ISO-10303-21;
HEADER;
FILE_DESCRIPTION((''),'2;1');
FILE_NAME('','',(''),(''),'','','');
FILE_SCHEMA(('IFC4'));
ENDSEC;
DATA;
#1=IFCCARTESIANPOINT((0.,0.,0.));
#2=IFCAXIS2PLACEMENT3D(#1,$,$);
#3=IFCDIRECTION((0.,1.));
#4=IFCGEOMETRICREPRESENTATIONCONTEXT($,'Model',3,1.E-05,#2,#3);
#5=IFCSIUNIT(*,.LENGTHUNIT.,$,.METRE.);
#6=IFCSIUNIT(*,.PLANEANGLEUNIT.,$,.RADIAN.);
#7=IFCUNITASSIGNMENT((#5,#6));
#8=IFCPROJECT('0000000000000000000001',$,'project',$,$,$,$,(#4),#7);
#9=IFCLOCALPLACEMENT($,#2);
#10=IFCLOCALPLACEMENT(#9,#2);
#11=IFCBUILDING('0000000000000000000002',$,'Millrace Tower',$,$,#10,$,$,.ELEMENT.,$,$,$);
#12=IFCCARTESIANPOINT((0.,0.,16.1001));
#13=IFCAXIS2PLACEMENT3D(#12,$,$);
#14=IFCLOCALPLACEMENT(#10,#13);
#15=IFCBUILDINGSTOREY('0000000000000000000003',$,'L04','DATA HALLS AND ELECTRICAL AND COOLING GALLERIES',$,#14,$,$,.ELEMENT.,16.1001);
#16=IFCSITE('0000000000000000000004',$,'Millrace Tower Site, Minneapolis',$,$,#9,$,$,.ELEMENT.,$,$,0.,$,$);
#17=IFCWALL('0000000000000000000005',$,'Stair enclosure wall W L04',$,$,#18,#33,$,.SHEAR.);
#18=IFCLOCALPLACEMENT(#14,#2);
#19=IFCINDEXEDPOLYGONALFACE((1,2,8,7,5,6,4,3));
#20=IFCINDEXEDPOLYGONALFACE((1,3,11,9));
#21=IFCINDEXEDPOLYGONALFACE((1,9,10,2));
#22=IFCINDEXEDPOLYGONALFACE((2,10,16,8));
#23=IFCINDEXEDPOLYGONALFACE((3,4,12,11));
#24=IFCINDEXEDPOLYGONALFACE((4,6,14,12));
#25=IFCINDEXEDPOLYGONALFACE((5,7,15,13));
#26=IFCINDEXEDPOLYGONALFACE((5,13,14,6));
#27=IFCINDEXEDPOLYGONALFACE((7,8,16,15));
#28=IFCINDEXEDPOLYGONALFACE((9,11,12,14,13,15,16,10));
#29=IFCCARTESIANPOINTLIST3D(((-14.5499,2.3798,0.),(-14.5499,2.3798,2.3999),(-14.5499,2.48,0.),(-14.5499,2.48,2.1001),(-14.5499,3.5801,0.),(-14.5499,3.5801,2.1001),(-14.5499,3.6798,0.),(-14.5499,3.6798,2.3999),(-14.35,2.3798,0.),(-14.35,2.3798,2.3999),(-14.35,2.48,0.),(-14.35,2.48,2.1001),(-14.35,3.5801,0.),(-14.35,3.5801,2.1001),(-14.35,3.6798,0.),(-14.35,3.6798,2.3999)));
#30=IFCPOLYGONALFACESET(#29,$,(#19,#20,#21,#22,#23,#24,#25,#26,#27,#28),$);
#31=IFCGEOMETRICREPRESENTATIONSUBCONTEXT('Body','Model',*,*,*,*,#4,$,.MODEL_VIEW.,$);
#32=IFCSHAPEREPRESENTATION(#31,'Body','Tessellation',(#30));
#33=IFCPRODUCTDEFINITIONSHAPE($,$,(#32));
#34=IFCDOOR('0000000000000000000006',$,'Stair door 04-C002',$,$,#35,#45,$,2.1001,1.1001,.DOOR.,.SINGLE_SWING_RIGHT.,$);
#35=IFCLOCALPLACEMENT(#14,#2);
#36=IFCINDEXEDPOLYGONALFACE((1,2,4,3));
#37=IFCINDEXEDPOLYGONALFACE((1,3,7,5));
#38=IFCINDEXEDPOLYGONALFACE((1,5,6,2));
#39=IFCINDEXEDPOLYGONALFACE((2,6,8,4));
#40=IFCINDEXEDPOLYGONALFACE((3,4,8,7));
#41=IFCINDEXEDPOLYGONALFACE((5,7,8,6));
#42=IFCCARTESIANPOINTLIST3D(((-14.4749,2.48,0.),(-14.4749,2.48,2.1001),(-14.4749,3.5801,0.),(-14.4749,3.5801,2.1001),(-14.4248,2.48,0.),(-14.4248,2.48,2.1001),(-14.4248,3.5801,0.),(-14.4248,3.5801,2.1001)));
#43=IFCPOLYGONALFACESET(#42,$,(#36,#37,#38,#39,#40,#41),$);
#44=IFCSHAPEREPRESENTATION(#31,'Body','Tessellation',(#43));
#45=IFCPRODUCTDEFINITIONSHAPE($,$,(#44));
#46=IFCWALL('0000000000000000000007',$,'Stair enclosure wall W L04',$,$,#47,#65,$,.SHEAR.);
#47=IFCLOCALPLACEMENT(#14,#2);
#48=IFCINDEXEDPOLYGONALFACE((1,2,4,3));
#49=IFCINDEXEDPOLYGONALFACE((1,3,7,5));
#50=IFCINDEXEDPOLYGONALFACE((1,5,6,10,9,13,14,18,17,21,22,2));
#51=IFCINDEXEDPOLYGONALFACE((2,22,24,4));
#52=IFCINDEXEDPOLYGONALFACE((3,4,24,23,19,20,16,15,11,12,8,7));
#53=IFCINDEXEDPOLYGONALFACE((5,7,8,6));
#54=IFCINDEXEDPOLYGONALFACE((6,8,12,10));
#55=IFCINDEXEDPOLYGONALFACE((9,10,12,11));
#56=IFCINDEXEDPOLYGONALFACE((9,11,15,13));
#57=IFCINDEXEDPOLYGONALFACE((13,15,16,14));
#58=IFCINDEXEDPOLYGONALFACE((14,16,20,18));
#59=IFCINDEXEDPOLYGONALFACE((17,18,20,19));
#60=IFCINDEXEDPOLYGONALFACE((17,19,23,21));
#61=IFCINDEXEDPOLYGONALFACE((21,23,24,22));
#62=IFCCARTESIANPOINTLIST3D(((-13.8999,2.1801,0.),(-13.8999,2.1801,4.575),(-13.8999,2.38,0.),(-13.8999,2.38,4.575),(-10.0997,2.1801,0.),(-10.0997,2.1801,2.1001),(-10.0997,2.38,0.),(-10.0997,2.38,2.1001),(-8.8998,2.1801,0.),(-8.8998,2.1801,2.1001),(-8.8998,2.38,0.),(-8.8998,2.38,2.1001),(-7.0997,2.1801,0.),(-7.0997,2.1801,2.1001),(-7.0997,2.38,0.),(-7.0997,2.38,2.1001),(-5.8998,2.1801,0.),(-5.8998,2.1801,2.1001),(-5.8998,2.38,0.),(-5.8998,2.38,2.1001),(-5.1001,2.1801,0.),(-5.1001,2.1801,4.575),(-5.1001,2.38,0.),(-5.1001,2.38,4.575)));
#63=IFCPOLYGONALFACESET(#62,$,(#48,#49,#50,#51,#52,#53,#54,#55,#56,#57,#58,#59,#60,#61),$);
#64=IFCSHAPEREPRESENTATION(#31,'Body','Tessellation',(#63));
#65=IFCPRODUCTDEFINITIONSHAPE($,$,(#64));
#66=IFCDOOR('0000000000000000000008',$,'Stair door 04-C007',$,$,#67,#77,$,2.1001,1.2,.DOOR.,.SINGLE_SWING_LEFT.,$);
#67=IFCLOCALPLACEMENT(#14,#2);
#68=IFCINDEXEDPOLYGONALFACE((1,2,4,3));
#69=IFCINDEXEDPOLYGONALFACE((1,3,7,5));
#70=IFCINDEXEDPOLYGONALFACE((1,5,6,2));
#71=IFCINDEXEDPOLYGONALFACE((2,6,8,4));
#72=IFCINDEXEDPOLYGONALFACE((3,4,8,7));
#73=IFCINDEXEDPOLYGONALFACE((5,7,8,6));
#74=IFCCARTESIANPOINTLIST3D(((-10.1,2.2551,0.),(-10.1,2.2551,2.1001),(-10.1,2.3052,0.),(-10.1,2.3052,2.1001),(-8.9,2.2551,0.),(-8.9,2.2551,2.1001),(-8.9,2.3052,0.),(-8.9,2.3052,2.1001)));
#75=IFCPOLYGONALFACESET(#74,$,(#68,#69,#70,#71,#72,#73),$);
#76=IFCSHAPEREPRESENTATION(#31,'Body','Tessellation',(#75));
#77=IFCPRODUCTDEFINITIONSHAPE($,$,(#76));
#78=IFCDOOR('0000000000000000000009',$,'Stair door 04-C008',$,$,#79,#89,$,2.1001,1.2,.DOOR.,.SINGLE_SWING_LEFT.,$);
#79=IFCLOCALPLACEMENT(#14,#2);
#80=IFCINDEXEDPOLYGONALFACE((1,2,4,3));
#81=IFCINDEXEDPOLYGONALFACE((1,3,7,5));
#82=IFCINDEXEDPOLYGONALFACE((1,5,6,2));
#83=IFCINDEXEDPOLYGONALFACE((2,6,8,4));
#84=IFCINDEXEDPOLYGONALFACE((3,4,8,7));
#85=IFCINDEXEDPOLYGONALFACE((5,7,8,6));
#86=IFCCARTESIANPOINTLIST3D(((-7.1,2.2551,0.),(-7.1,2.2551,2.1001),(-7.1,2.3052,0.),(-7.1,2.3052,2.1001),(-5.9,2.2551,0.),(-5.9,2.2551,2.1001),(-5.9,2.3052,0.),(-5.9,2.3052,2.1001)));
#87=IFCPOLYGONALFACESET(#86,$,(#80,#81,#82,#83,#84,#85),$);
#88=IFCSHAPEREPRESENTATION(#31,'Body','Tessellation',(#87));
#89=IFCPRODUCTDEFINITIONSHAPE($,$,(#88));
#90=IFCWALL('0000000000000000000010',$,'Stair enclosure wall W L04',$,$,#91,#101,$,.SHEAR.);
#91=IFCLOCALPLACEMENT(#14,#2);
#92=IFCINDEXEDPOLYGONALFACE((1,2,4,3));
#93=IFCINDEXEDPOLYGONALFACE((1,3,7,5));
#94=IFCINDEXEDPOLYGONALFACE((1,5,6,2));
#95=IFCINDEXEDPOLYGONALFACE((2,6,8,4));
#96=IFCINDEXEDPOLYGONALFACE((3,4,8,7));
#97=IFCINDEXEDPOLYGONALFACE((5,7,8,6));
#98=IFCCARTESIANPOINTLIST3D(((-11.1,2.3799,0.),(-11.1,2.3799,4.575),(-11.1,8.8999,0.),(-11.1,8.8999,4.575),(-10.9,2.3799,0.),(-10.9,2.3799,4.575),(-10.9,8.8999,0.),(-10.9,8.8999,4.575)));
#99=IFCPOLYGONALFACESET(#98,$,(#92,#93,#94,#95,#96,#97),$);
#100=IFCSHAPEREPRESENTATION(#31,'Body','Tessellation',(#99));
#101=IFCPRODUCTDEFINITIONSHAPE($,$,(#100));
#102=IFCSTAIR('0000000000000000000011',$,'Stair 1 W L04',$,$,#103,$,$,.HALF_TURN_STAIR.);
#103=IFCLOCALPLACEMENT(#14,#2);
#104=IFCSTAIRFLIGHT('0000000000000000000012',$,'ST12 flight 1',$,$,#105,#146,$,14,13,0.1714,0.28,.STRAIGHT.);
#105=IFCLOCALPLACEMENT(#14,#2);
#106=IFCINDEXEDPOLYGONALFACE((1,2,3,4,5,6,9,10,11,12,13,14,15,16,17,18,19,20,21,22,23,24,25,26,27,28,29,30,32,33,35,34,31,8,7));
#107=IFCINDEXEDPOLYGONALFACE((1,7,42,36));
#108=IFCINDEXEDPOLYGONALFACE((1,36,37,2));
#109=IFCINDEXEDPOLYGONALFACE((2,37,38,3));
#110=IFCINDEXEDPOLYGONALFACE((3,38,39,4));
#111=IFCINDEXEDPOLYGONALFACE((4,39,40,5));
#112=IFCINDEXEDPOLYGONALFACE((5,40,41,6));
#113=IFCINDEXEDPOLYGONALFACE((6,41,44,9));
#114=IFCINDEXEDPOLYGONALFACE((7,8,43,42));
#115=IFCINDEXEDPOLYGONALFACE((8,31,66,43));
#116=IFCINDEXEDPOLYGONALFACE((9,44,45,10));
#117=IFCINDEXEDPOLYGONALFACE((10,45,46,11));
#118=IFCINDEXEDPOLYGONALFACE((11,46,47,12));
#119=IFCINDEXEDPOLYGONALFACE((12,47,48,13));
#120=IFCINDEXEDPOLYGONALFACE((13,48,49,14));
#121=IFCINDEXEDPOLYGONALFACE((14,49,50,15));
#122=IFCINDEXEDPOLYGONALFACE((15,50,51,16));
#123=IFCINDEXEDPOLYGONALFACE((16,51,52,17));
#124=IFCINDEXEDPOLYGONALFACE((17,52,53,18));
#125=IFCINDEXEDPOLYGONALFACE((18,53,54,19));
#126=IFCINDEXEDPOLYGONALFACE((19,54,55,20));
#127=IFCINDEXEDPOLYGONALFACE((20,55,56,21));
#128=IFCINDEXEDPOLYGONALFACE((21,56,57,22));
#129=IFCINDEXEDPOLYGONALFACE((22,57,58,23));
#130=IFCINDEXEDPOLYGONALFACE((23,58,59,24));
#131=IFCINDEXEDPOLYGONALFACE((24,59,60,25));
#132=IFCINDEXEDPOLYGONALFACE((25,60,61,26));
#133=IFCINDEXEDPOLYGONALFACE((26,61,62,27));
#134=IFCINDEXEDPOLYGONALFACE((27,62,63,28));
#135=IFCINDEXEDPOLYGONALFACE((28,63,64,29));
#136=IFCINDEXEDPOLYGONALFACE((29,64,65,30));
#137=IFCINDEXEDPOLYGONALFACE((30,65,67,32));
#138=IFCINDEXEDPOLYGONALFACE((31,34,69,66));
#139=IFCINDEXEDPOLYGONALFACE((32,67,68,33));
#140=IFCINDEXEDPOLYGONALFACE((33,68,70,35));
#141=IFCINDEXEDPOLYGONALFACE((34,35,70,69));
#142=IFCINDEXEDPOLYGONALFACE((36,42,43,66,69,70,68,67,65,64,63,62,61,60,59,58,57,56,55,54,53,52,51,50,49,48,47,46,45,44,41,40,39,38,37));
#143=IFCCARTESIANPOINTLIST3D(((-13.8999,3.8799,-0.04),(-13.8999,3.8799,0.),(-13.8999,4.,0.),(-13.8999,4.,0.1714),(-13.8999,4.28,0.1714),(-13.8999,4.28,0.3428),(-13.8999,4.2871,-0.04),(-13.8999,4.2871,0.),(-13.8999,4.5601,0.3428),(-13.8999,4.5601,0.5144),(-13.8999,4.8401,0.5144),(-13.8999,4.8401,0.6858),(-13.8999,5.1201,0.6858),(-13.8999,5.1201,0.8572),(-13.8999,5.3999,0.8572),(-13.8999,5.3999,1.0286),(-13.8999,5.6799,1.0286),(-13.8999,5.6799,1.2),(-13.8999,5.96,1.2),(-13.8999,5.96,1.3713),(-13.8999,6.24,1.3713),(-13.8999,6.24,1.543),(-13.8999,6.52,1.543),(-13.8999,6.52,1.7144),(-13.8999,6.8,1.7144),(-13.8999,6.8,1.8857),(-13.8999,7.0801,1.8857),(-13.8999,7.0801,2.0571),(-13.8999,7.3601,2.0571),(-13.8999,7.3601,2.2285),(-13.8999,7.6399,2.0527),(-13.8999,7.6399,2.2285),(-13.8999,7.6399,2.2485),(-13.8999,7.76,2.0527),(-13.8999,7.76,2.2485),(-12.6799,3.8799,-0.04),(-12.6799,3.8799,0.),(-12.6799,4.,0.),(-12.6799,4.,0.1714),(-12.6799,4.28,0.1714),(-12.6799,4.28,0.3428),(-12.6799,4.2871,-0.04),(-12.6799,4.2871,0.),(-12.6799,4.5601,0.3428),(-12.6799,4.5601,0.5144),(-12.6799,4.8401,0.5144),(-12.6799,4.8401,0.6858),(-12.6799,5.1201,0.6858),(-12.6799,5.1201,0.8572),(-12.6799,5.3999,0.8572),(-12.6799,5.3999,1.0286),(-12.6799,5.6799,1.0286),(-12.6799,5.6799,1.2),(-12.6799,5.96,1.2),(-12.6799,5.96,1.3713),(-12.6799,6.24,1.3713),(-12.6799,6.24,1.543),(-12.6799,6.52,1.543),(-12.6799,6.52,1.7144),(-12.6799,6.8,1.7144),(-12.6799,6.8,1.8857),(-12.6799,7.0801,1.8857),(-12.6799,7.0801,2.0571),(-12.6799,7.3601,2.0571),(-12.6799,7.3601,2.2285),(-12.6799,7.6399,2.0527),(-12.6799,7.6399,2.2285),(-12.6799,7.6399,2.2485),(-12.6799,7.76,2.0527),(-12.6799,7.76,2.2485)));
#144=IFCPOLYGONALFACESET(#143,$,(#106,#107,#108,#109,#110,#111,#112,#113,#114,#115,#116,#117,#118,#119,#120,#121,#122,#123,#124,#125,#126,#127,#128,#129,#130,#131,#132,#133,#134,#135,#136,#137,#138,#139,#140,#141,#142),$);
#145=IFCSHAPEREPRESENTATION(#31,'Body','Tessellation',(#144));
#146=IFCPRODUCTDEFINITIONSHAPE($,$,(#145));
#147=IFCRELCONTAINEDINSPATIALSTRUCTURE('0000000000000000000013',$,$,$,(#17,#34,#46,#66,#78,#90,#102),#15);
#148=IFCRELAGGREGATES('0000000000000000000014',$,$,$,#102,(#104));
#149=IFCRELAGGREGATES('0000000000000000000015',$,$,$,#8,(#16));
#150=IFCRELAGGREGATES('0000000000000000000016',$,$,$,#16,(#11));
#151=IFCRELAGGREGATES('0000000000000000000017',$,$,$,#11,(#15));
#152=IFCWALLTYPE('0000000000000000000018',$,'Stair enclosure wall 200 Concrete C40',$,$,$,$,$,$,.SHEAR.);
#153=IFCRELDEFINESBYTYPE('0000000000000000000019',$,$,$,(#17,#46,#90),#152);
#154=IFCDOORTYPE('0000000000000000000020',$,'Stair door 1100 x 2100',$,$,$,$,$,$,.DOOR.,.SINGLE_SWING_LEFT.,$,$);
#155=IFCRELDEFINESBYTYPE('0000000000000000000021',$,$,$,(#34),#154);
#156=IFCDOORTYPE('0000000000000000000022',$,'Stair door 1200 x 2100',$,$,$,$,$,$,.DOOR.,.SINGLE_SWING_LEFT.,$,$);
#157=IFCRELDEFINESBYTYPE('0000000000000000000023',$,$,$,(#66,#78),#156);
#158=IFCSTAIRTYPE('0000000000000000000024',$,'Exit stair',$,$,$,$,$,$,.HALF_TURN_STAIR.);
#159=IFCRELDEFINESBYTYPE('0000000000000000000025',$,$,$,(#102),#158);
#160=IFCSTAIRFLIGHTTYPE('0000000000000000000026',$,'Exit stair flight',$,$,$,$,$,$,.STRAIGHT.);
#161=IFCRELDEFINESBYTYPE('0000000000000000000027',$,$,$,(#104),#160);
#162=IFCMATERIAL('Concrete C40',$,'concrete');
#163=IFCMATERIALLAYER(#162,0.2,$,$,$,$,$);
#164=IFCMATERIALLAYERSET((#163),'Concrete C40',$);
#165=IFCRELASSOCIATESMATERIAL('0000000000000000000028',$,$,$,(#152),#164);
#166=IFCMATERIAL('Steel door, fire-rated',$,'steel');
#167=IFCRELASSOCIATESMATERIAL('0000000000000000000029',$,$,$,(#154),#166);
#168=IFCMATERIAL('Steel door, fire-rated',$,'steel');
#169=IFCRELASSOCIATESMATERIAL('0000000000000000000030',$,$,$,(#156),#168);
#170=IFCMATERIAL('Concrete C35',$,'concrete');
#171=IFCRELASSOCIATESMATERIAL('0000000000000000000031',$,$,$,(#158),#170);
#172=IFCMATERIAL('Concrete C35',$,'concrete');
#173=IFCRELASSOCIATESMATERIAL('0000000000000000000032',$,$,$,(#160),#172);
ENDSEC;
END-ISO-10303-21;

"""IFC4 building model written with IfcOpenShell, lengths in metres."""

from ifc_helpers import new_model, si_unit, direction, frame, frame_2d, origin, place, context, subcontext, project, spatial, polyline, rectangle, outline, extrude, material, layer, layer_set, type_object, element, fill, aggregate, save


model = new_model("IFC4")

# Units and contexts
model_context = context("Model", 3, precision=1e-05, world=origin(), true_north=direction((0.0, 1.0)))
body_context = subcontext(model_context, "Body", "Model", "MODEL_VIEW")
ifc_project = project(units=[si_unit("LENGTHUNIT", "METRE"), si_unit("PLANEANGLEUNIT", "RADIAN")], contexts=[model_context])

# Site, building, storey
site_placement = place(None, origin())
site = spatial("IfcSite", under=ifc_project, at=site_placement, Name="Millrace Tower Site, Minneapolis", CompositionType="ELEMENT", RefElevation=0.0)
building_placement = place(site_placement, origin())
building = spatial("IfcBuilding", under=site, at=building_placement, Name="Millrace Tower", CompositionType="ELEMENT")
storey_placement = place(building_placement, frame((0.0, 0.0, 16.1001)))
storey = spatial("IfcBuildingStorey", under=building, at=storey_placement, Name="L04", Description="DATA HALLS AND ELECTRICAL AND COOLING GALLERIES", CompositionType="ELEMENT", Elevation=16.1001)

# Shared definitions
placement = place(storey_placement, origin())

# Wall, opening, door
ifc_material_1 = material(Name="Concrete C40", Category="concrete")
ifc_layer_1 = layer(ifc_material_1, 0.2)
ifc_layer_set_1 = layer_set([ifc_layer_1], Name="Concrete C40")
wall_type_1 = type_object("IfcWallType", Name="Stair enclosure wall 200 Concrete C40", PredefinedType="SHEAR", material=ifc_layer_set_1)
wall_1_placement = place(storey_placement, frame((-14.45, 2.3799, 0.0), z_axis=(0.0, 0.0, 1.0), x_axis=(0.0, 1.0, 0.0)))
wall_1 = element("IfcWall", 1, at=wall_1_placement, inside=storey, type_object=wall_type_1, Name="Stair enclosure wall W L04", PredefinedType="SHEAR", context=body_context, shape_type="SweptSolid", body=[
    extrude(rectangle(XDim=1.3, YDim=0.2, at=frame_2d((0.6499, 0.0))), origin(), (0.0, 0.0, 1.0), 2.3999),
])
opening_1_placement = place(wall_1_placement, frame((0.1001, 0.0, 0.0)))
opening_1 = element("IfcOpeningElement", 2, at=opening_1_placement, cuts=wall_1, PredefinedType="OPENING", context=body_context, shape_type="SweptSolid", body=[
    extrude(rectangle(XDim=1.1001, YDim=2.1001, at=frame_2d((0.55, 1.05))), frame((0.0, 0.1099, 0.0), z_axis=(0.0, -1.0, 0.0), x_axis=(1.0, 0.0, 0.0)), (0.0, 0.0, 1.0), 0.22),
])
ifc_material_2 = material(Name="Steel door, fire-rated", Category="steel")
door_type_1 = type_object("IfcDoorType", Name="Stair door 1100 x 2100", OperationType="SINGLE_SWING_LEFT", PredefinedType="DOOR", material=ifc_material_2)
door_1_placement = place(opening_1_placement, origin())
door_1 = element("IfcDoor", 3, at=door_1_placement, inside=storey, type_object=door_type_1, Name="Stair door 04-C002", OperationType="SINGLE_SWING_RIGHT", OverallHeight=2.1001, OverallWidth=1.1001, PredefinedType="DOOR", context=body_context, shape_type="SweptSolid", body=[
    extrude(rectangle(XDim=1.1001, YDim=2.1001, at=frame_2d((0.55, 1.05))), frame((0.0, 0.0249, 0.0), z_axis=(0.0, -1.0, 0.0), x_axis=(1.0, 0.0, 0.0)), (0.0, 0.0, 1.0), 0.05),
])
fill(opening_1, door_1)

# Wall, openings, doors
wall_2_placement = place(storey_placement, frame((-13.8999, 2.28, 0.0), z_axis=(0.0, 0.0, 1.0), x_axis=(1.0, 0.0, 0.0)))
wall_2 = element("IfcWall", 4, at=wall_2_placement, inside=storey, type_object=wall_type_1, Name="Stair enclosure wall W L04", PredefinedType="SHEAR", context=body_context, shape_type="SweptSolid", body=[
    extrude(rectangle(XDim=8.7998, YDim=0.2, at=frame_2d((4.3999, 0.0))), origin(), (0.0, 0.0, 1.0), 4.575),
])
opening_2_placement = place(wall_2_placement, frame((3.8, 0.0, 0.0)))
opening_2 = element("IfcOpeningElement", 5, at=opening_2_placement, cuts=wall_2, PredefinedType="OPENING", context=body_context, shape_type="SweptSolid", body=[
    extrude(rectangle(XDim=1.2, YDim=2.1001, at=frame_2d((0.6001, 1.05))), frame((0.0, 0.1099, 0.0), z_axis=(0.0, -1.0, 0.0), x_axis=(1.0, 0.0, 0.0)), (0.0, 0.0, 1.0), 0.22),
])
opening_3_placement = place(wall_2_placement, frame((6.8, 0.0, 0.0)))
opening_3 = element("IfcOpeningElement", 6, at=opening_3_placement, cuts=wall_2, PredefinedType="OPENING", context=body_context, shape_type="SweptSolid", body=[
    extrude(rectangle(XDim=1.2, YDim=2.1001, at=frame_2d((0.6001, 1.05))), frame((0.0, 0.1099, 0.0), z_axis=(0.0, -1.0, 0.0), x_axis=(1.0, 0.0, 0.0)), (0.0, 0.0, 1.0), 0.22),
])
ifc_material_3 = material(Name="Steel door, fire-rated", Category="steel")
door_type_2 = type_object("IfcDoorType", Name="Stair door 1200 x 2100", OperationType="SINGLE_SWING_LEFT", PredefinedType="DOOR", material=ifc_material_3)
door_2_placement = place(opening_2_placement, frame((1.2, 0.0, 0.0), z_axis=(0.0, 0.0, 1.0), x_axis=(-1.0, 0.0, 0.0)))
door_2 = element("IfcDoor", 7, at=door_2_placement, inside=storey, type_object=door_type_2, Name="Stair door 04-C007", OperationType="SINGLE_SWING_LEFT", OverallHeight=2.1001, OverallWidth=1.2, PredefinedType="DOOR", context=body_context, shape_type="SweptSolid", body=[
    extrude(rectangle(XDim=1.2, YDim=2.1001, at=frame_2d((0.6001, 1.05))), frame((0.0, 0.0249, 0.0), z_axis=(0.0, -1.0, 0.0), x_axis=(1.0, 0.0, 0.0)), (0.0, 0.0, 1.0), 0.05),
])
fill(opening_2, door_2)
door_3_placement = place(opening_3_placement, frame((1.2, 0.0, 0.0), z_axis=(0.0, 0.0, 1.0), x_axis=(-1.0, 0.0, 0.0)))
door_3 = element("IfcDoor", 8, at=door_3_placement, inside=storey, type_object=door_type_2, Name="Stair door 04-C008", OperationType="SINGLE_SWING_LEFT", OverallHeight=2.1001, OverallWidth=1.2, PredefinedType="DOOR", context=body_context, shape_type="SweptSolid", body=[
    extrude(rectangle(XDim=1.2, YDim=2.1001, at=frame_2d((0.6001, 1.05))), frame((0.0, 0.0249, 0.0), z_axis=(0.0, -1.0, 0.0), x_axis=(1.0, 0.0, 0.0)), (0.0, 0.0, 1.0), 0.05),
])
fill(opening_3, door_3)

# Wall
wall_3_placement = place(storey_placement, frame((-11.0, 2.3799, 0.0), z_axis=(0.0, 0.0, 1.0), x_axis=(0.0, 1.0, 0.0)))
element("IfcWall", 9, at=wall_3_placement, inside=storey, type_object=wall_type_1, Name="Stair enclosure wall W L04", PredefinedType="SHEAR", context=body_context, shape_type="SweptSolid", body=[
    extrude(rectangle(XDim=6.52, YDim=0.2, at=frame_2d((3.26, 0.0))), origin(), (0.0, 0.0, 1.0), 4.575),
])

# Stair, stair flight
ifc_material_4 = material(Name="Concrete C35", Category="concrete")
stair_type = type_object("IfcStairType", Name="Exit stair", PredefinedType="HALF_TURN_STAIR", material=ifc_material_4)
stair = element("IfcStair", 10, at=placement, inside=storey, type_object=stair_type, Name="Stair 1 W L04", PredefinedType="HALF_TURN_STAIR")
ifc_material_5 = material(Name="Concrete C35", Category="concrete")
stair_flight_type = type_object("IfcStairFlightType", Name="Exit stair flight", PredefinedType="STRAIGHT", material=ifc_material_5)
stair_flight_1_placement = place(storey_placement, frame((-13.29, 4.0, 0.0), z_axis=(0.0, 0.0, 1.0), x_axis=(0.0, 1.0, 0.0)))
stair_flight_1 = element("IfcStairFlight", 11, at=stair_flight_1_placement, type_object=stair_flight_type, Name="ST12 flight 1", NumberOfRisers=14, NumberOfTreads=13, PredefinedType="STRAIGHT", RiserHeight=0.1714, TreadLength=0.28, context=body_context, shape_type="SweptSolid", body=[
    extrude(outline(polyline([(-0.1201, -0.04), (-0.1201, 0.0), (0.0, 0.0), (0.0, 0.1714), (0.28, 0.1714), (0.28, 0.3428), (0.5601, 0.3428), (0.5601, 0.5144), (0.8401, 0.5144), (0.8401, 0.6858), (1.1201, 0.6858), (1.1201, 0.8572), (1.3999, 0.8572), (1.3999, 1.0286), (1.6799, 1.0286), (1.6799, 1.2), (1.96, 1.2), (1.96, 1.3713), (2.24, 1.3713), (2.24, 1.543), (2.52, 1.543), (2.52, 1.7144), (2.8, 1.7144), (2.8, 1.8857), (3.0801, 1.8857), (3.0801, 2.0571), (3.3601, 2.0571), (3.3601, 2.2285), (3.6399, 2.2285), (3.6399, 2.2485), (3.76, 2.2485), (3.76, 2.0527), (3.6399, 2.0527), (0.2871, 0.0), (0.2871, -0.04), (-0.1201, -0.04)])), frame((0.0, 0.6099, 0.0), z_axis=(0.0, -1.0, 0.0), x_axis=(1.0, 0.0, 0.0)), (0.0, 0.0, 1.0), 1.22),
])
aggregate(stair, [stair_flight_1])

save(model, "model.ifc")
